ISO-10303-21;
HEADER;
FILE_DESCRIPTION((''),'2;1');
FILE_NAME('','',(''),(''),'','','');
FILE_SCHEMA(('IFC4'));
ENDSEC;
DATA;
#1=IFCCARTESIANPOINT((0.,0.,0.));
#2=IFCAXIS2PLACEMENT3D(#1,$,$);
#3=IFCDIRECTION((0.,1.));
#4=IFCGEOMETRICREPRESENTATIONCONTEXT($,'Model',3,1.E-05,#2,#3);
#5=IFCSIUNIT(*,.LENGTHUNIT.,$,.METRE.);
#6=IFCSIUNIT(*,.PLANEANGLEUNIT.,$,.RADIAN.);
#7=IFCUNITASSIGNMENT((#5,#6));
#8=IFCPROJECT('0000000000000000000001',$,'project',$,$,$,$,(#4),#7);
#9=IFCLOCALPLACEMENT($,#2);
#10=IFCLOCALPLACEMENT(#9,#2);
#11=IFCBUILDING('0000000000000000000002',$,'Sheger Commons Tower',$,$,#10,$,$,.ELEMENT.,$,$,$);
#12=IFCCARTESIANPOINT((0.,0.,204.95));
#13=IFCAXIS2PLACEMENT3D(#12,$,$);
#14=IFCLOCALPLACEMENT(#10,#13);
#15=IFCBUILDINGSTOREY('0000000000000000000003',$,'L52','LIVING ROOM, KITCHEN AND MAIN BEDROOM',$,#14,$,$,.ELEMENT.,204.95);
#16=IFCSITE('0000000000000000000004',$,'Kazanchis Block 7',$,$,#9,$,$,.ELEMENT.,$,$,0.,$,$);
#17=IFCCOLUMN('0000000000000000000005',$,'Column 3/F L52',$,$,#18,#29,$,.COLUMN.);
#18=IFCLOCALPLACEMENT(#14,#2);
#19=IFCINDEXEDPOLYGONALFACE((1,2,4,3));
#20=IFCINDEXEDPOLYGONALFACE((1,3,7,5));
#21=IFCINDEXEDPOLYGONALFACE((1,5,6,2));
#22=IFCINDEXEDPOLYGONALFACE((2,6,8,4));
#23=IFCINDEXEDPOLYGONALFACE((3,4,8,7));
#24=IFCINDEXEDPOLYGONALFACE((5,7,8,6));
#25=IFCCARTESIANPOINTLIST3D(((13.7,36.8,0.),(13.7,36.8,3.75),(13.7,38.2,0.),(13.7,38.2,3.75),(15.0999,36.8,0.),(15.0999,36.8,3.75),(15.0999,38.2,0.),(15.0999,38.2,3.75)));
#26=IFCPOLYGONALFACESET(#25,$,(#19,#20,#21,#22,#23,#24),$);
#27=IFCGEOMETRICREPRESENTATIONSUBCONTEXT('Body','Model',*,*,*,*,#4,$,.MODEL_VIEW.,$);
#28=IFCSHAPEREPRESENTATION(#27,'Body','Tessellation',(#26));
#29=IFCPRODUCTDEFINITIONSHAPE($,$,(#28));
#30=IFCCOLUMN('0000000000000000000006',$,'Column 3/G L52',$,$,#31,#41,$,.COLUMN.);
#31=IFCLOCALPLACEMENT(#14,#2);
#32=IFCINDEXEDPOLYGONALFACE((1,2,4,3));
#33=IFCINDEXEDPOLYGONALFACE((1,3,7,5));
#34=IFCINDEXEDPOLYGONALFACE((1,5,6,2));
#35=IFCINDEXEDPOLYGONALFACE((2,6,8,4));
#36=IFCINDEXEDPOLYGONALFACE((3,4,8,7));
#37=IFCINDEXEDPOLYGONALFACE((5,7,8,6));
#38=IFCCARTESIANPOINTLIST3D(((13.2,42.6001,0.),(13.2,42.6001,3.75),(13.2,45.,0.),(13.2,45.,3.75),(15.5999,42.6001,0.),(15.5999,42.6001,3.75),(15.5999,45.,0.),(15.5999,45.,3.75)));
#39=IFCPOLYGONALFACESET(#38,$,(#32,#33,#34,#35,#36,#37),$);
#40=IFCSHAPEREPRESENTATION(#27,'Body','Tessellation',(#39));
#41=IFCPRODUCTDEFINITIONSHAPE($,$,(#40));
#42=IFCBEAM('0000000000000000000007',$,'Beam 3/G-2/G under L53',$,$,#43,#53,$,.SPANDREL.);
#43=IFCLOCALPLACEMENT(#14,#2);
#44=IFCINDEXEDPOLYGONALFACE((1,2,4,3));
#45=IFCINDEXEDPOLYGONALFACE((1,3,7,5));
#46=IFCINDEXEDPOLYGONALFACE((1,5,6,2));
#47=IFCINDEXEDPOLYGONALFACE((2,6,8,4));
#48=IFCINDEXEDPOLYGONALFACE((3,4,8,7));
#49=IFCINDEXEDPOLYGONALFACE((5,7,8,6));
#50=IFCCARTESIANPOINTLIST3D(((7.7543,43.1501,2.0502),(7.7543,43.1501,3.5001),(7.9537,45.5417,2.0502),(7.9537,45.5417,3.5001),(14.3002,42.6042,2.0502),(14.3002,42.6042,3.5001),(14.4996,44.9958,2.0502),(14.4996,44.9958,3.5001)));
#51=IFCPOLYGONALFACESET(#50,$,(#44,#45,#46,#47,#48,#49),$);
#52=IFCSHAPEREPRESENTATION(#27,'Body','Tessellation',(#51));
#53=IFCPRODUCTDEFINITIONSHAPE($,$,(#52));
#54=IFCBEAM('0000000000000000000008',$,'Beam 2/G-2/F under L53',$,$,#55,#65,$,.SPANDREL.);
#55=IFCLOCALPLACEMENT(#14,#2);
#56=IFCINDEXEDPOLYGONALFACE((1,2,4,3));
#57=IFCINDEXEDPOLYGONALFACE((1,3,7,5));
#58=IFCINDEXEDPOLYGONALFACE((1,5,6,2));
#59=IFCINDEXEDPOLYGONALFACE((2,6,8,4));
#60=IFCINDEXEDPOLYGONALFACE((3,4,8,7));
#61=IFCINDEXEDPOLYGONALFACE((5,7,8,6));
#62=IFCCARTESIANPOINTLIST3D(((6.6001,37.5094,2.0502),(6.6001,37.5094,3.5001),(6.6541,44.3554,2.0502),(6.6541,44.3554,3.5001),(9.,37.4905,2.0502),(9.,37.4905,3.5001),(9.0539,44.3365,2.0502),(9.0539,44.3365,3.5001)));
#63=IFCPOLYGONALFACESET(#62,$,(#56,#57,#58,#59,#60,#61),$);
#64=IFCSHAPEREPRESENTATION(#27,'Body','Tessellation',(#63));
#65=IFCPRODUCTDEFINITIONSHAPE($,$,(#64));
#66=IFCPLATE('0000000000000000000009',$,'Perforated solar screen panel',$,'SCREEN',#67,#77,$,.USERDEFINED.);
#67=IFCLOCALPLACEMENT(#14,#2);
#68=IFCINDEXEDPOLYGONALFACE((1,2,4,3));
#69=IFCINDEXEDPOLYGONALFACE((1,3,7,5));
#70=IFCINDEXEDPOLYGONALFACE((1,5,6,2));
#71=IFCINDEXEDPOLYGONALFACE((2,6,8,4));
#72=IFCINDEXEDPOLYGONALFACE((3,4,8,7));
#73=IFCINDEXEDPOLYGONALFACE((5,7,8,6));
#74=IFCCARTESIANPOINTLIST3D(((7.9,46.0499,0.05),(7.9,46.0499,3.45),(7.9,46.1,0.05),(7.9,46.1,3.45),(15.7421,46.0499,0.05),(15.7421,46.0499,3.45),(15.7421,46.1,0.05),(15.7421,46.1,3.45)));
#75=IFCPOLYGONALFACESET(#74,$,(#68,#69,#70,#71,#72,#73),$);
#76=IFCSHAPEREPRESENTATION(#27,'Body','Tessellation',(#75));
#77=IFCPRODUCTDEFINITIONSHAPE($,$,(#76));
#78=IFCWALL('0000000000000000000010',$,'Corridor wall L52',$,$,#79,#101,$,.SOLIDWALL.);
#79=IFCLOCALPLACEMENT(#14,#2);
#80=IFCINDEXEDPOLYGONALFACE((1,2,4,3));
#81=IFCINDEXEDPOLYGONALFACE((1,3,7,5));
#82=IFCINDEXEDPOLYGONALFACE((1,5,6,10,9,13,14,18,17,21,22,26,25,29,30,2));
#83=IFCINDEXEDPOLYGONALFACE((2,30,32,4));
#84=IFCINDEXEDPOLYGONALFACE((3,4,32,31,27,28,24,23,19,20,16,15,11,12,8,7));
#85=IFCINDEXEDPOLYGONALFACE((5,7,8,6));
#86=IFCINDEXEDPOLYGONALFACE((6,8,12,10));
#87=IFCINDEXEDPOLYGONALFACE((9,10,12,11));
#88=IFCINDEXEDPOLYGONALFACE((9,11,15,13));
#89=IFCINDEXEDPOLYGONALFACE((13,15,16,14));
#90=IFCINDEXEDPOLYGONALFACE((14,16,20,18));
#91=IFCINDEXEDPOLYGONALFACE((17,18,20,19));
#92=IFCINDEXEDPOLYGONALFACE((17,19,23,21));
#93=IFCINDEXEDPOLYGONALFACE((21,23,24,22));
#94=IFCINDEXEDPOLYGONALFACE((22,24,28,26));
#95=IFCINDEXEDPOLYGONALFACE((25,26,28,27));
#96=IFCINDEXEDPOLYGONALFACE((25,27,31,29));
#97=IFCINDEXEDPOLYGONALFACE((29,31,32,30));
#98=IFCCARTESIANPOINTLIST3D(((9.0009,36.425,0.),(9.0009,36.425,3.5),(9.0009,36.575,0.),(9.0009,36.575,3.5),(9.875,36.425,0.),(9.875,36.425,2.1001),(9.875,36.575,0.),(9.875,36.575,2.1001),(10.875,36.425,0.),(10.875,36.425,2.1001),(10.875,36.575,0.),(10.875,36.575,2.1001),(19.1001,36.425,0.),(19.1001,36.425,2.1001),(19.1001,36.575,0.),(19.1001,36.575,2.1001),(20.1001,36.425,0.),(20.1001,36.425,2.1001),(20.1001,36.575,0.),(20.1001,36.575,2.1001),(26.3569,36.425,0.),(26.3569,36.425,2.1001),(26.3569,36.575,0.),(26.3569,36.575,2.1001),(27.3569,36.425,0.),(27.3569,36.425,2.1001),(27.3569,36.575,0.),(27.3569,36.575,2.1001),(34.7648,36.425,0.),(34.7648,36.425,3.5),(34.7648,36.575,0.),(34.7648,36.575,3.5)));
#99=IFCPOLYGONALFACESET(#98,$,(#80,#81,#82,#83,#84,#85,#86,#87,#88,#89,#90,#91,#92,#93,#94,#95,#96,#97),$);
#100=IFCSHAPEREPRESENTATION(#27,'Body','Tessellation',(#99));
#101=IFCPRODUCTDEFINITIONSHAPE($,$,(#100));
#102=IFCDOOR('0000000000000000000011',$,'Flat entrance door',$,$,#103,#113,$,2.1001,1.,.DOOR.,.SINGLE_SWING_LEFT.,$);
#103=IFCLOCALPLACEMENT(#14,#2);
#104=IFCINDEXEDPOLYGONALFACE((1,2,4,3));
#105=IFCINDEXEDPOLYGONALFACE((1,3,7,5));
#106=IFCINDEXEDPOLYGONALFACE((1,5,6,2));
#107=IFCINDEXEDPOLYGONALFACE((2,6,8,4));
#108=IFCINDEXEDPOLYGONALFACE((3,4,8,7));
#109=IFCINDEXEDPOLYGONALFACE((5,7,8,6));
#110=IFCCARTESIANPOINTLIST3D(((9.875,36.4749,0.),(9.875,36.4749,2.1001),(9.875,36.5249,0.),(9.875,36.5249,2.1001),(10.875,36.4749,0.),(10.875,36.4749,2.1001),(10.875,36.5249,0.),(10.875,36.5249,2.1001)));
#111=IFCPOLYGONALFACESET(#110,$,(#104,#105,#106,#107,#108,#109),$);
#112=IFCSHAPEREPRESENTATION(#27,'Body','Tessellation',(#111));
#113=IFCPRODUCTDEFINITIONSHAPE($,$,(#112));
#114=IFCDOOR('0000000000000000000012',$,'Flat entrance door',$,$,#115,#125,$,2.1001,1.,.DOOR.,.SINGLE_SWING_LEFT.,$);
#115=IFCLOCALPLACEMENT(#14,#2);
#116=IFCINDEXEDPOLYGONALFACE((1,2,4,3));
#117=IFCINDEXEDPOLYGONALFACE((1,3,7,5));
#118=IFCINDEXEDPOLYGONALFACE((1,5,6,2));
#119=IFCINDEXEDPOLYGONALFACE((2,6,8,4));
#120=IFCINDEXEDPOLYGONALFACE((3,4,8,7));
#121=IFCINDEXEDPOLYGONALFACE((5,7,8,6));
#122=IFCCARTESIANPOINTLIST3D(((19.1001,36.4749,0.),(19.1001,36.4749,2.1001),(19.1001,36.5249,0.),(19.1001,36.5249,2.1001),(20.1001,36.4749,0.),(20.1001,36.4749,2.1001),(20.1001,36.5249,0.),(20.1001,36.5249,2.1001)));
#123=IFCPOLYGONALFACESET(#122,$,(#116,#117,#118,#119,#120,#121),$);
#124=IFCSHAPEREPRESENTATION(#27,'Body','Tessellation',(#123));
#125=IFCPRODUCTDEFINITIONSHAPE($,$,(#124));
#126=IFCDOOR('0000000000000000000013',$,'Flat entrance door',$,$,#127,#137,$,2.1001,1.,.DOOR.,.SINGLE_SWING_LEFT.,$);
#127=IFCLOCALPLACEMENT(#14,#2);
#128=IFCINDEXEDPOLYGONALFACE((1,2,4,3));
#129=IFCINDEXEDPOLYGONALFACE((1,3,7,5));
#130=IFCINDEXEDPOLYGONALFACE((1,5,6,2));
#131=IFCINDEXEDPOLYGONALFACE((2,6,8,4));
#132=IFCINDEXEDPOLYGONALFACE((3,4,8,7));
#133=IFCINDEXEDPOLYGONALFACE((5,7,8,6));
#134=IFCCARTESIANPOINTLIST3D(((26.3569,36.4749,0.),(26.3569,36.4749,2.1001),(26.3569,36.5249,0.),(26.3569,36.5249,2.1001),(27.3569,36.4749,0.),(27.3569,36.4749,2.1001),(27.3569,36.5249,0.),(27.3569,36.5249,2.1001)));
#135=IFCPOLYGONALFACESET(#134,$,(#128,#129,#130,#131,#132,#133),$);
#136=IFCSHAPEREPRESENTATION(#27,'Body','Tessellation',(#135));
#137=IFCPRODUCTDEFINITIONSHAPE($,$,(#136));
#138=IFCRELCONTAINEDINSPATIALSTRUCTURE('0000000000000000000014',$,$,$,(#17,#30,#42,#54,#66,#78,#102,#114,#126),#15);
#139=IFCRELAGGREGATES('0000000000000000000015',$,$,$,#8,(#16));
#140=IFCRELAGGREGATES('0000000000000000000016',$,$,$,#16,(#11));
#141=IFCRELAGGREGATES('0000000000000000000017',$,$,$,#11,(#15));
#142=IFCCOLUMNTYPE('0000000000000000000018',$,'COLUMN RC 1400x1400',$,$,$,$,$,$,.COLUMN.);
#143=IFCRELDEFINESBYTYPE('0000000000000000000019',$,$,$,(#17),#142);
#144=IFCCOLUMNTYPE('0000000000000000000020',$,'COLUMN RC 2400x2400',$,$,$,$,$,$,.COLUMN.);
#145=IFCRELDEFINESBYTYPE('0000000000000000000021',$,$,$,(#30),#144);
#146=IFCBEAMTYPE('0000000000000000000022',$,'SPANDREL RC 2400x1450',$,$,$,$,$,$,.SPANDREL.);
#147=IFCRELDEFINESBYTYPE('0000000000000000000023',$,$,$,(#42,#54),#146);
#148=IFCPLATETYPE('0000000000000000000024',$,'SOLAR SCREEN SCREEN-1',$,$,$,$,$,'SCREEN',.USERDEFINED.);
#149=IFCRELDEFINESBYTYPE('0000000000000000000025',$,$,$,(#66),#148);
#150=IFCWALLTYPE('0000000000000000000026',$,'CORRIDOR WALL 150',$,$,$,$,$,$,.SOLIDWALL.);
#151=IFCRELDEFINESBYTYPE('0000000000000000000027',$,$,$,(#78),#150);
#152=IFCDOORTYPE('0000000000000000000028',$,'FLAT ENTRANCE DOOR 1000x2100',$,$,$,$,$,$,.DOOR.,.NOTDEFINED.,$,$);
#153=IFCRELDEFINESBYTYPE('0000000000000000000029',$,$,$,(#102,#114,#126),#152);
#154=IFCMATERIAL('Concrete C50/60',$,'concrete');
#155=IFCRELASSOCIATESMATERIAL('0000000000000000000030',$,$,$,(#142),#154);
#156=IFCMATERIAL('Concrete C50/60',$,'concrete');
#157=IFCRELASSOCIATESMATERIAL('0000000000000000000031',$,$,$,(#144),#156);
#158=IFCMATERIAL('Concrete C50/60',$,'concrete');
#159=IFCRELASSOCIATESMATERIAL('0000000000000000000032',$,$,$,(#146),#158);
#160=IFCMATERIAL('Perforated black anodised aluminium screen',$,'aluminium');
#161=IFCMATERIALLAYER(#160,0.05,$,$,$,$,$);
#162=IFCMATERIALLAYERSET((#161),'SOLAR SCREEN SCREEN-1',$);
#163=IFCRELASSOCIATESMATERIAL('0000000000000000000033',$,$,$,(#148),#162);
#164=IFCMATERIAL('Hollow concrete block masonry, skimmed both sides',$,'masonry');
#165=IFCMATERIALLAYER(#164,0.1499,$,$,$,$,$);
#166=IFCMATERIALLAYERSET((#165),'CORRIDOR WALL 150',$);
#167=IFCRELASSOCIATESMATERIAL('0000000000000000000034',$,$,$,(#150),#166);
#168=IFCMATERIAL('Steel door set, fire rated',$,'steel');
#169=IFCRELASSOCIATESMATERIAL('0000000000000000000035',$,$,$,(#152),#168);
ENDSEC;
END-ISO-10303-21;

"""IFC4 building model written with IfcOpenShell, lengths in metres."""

from ifc_helpers import new_model, si_unit, direction, frame, frame_2d, origin, origin_2d, place, context, subcontext, project, spatial, rectangle, extrude, material, layer, layer_set, material_profile, profile_set, type_object, element, fill, save


model = new_model("IFC4")

# Units and contexts
model_context = context("Model", 3, precision=1e-05, world=origin(), true_north=direction((0.0, 1.0)))
body_context = subcontext(model_context, "Body", "Model", "MODEL_VIEW")
ifc_project = project(units=[si_unit("LENGTHUNIT", "METRE"), si_unit("PLANEANGLEUNIT", "RADIAN")], contexts=[model_context])

# Site, building, storey
site_placement = place(None, origin())
site = spatial("IfcSite", under=ifc_project, at=site_placement, Name="Kazanchis Block 7", CompositionType="ELEMENT", RefElevation=0.0)
building_placement = place(site_placement, origin())
building = spatial("IfcBuilding", under=site, at=building_placement, Name="Sheger Commons Tower", CompositionType="ELEMENT")
storey_placement = place(building_placement, frame((0.0, 0.0, 204.95)))
storey = spatial("IfcBuildingStorey", under=building, at=storey_placement, Name="L52", Description="LIVING ROOM, KITCHEN AND MAIN BEDROOM", CompositionType="ELEMENT", Elevation=204.95)

# Columns
ifc_material_1 = material(Name="Concrete C50/60", Category="concrete")
ifc_material_profile_1 = material_profile(ifc_material_1, rectangle(XDim=1.3999, YDim=1.3999, at=origin_2d()), Name="RC 1400x1400")
ifc_profile_set_1 = profile_set([ifc_material_profile_1], Name="Concrete C50/60")
column_type_1 = type_object("IfcColumnType", Name="COLUMN RC 1400x1400", PredefinedType="COLUMN", material=ifc_profile_set_1)
column_1_placement = place(storey_placement, frame((14.3999, 37.5, 0.0), z_axis=(0.0, 0.0, 1.0), x_axis=(1.0, 0.0, 0.0)))
element("IfcColumn", 1, at=column_1_placement, inside=storey, type_object=column_type_1, Name="Column 3/F L52", PredefinedType="COLUMN", context=body_context, shape_type="SweptSolid", body=[
    extrude(rectangle(XDim=1.3999, YDim=1.3999, at=origin_2d()), origin(), (0.0, 0.0, 1.0), 3.75),
])
ifc_material_2 = material(Name="Concrete C50/60", Category="concrete")
ifc_material_profile_2 = material_profile(ifc_material_2, rectangle(XDim=2.3999, YDim=2.3999, at=origin_2d()), Name="RC 2400x2400")
ifc_profile_set_2 = profile_set([ifc_material_profile_2], Name="Concrete C50/60")
column_type_2 = type_object("IfcColumnType", Name="COLUMN RC 2400x2400", PredefinedType="COLUMN", material=ifc_profile_set_2)
column_2_placement = place(storey_placement, frame((14.3999, 43.8, 0.0), z_axis=(0.0, 0.0, 1.0), x_axis=(1.0, 0.0, 0.0)))
element("IfcColumn", 2, at=column_2_placement, inside=storey, type_object=column_type_2, Name="Column 3/G L52", PredefinedType="COLUMN", context=body_context, shape_type="SweptSolid", body=[
    extrude(rectangle(XDim=2.3999, YDim=2.3999, at=origin_2d()), origin(), (0.0, 0.0, 1.0), 3.75),
])

# Beams
ifc_material_3 = material(Name="Concrete C50/60", Category="concrete")
ifc_material_profile_3 = material_profile(ifc_material_3, rectangle(XDim=2.3999, YDim=1.45, at=origin_2d()), Name="RC 2400x1450")
ifc_profile_set_3 = profile_set([ifc_material_profile_3], Name="Concrete C50/60")
beam_type = type_object("IfcBeamType", Name="SPANDREL RC 2400x1450", PredefinedType="SPANDREL", material=ifc_profile_set_3)
beam_1_placement = place(storey_placement, frame((14.3999, 43.8, 2.7751), z_axis=(-0.996541, 0.083107, 0.0), x_axis=(-0.083107, -0.996541, 0.0)))
element("IfcBeam", 3, at=beam_1_placement, inside=storey, type_object=beam_type, Name="Beam 3/G-2/G under L53", PredefinedType="SPANDREL", context=body_context, shape_type="SweptSolid", body=[
    extrude(rectangle(XDim=2.3999, YDim=1.45, at=origin_2d()), origin(), (0.0, 0.0, 1.0), 6.5686),
])
beam_2_placement = place(storey_placement, frame((7.854, 44.3459, 2.7751), z_axis=(-0.007881, -0.999969, 0.0), x_axis=(0.999969, -0.007881, 0.0)))
element("IfcBeam", 4, at=beam_2_placement, inside=storey, type_object=beam_type, Name="Beam 2/G-2/F under L53", PredefinedType="SPANDREL", context=body_context, shape_type="SweptSolid", body=[
    extrude(rectangle(XDim=2.3999, YDim=1.45, at=origin_2d()), origin(), (0.0, 0.0, 1.0), 6.8462),
])

# Plate
ifc_material_4 = material(Name="Perforated black anodised aluminium screen", Category="aluminium")
ifc_layer_1 = layer(ifc_material_4, 0.05)
ifc_layer_set_1 = layer_set([ifc_layer_1], Name="SOLAR SCREEN SCREEN-1")
plate_type = type_object("IfcPlateType", Name="SOLAR SCREEN SCREEN-1", ElementType="SCREEN", PredefinedType="USERDEFINED", material=ifc_layer_set_1)
plate_placement = place(storey_placement, frame((11.821, 46.075, 0.05), z_axis=(0.0, 0.0, 1.0), x_axis=(-1.0, 0.0, 0.0)))
element("IfcPlate", 5, at=plate_placement, inside=storey, type_object=plate_type, Name="Perforated solar screen panel", ObjectType="SCREEN", PredefinedType="USERDEFINED", context=body_context, shape_type="SweptSolid", body=[
    extrude(rectangle(XDim=7.842, YDim=0.05, at=origin_2d()), origin(), (0.0, 0.0, 1.0), 3.3999),
])

# Wall, openings, doors
ifc_material_5 = material(Name="Hollow concrete block masonry, skimmed both sides", Category="masonry")
ifc_layer_2 = layer(ifc_material_5, 0.1499)
ifc_layer_set_2 = layer_set([ifc_layer_2], Name="CORRIDOR WALL 150")
wall_type_1 = type_object("IfcWallType", Name="CORRIDOR WALL 150", PredefinedType="SOLIDWALL", material=ifc_layer_set_2)
wall_1_placement = place(storey_placement, frame((9.001, 36.5, 0.0), z_axis=(0.0, 0.0, 1.0), x_axis=(1.0, 0.0, 0.0)))
wall_1 = element("IfcWall", 6, at=wall_1_placement, inside=storey, type_object=wall_type_1, Name="Corridor wall L52", PredefinedType="SOLIDWALL", context=body_context, shape_type="SweptSolid", body=[
    extrude(rectangle(XDim=25.7639, YDim=0.1499, at=frame_2d((12.8818, 0.0))), origin(), (0.0, 0.0, 1.0), 3.5),
])
opening_1_placement = place(wall_1_placement, frame((0.874, 0.0, 0.0)))
opening_1 = element("IfcOpeningElement", 7, at=opening_1_placement, cuts=wall_1, PredefinedType="OPENING", context=body_context, shape_type="SweptSolid", body=[
    extrude(rectangle(XDim=1.0, YDim=2.1001, at=frame_2d((0.5, 1.05))), frame((0.0, 0.085, 0.0), z_axis=(0.0, -1.0, 0.0), x_axis=(1.0, 0.0, 0.0)), (0.0, 0.0, 1.0), 0.1699),
])
opening_2_placement = place(wall_1_placement, frame((10.0991, 0.0, 0.0)))
opening_2 = element("IfcOpeningElement", 8, at=opening_2_placement, cuts=wall_1, PredefinedType="OPENING", context=body_context, shape_type="SweptSolid", body=[
    extrude(rectangle(XDim=1.0, YDim=2.1001, at=frame_2d((0.5, 1.05))), frame((0.0, 0.085, 0.0), z_axis=(0.0, -1.0, 0.0), x_axis=(1.0, 0.0, 0.0)), (0.0, 0.0, 1.0), 0.1699),
])
opening_3_placement = place(wall_1_placement, frame((17.356, 0.0, 0.0)))
opening_3 = element("IfcOpeningElement", 9, at=opening_3_placement, cuts=wall_1, PredefinedType="OPENING", context=body_context, shape_type="SweptSolid", body=[
    extrude(rectangle(XDim=1.0, YDim=2.1001, at=frame_2d((0.5, 1.05))), frame((0.0, 0.085, 0.0), z_axis=(0.0, -1.0, 0.0), x_axis=(1.0, 0.0, 0.0)), (0.0, 0.0, 1.0), 0.1699),
])
ifc_material_6 = material(Name="Steel door set, fire rated", Category="steel")
door_type_1 = type_object("IfcDoorType", Name="FLAT ENTRANCE DOOR 1000x2100", OperationType="NOTDEFINED", PredefinedType="DOOR", material=ifc_material_6)
door_1_placement = place(opening_1_placement, origin())
door_1 = element("IfcDoor", 10, at=door_1_placement, inside=storey, type_object=door_type_1, Name="Flat entrance door", OperationType="SINGLE_SWING_LEFT", OverallHeight=2.1001, OverallWidth=1.0, PredefinedType="DOOR", context=body_context, shape_type="SweptSolid", body=[
    extrude(rectangle(XDim=1.0, YDim=2.1001, at=frame_2d((0.5, 1.05))), frame((0.0, 0.0249, 0.0), z_axis=(0.0, -1.0, 0.0), x_axis=(1.0, 0.0, 0.0)), (0.0, 0.0, 1.0), 0.05),
])
fill(opening_1, door_1)
door_2_placement = place(opening_2_placement, origin())
door_2 = element("IfcDoor", 11, at=door_2_placement, inside=storey, type_object=door_type_1, Name="Flat entrance door", OperationType="SINGLE_SWING_LEFT", OverallHeight=2.1001, OverallWidth=1.0, PredefinedType="DOOR", context=body_context, shape_type="SweptSolid", body=[
    extrude(rectangle(XDim=1.0, YDim=2.1001, at=frame_2d((0.5, 1.05))), frame((0.0, 0.0249, 0.0), z_axis=(0.0, -1.0, 0.0), x_axis=(1.0, 0.0, 0.0)), (0.0, 0.0, 1.0), 0.05),
])
fill(opening_2, door_2)
door_3_placement = place(opening_3_placement, origin())
door_3 = element("IfcDoor", 12, at=door_3_placement, inside=storey, type_object=door_type_1, Name="Flat entrance door", OperationType="SINGLE_SWING_LEFT", OverallHeight=2.1001, OverallWidth=1.0, PredefinedType="DOOR", context=body_context, shape_type="SweptSolid", body=[
    extrude(rectangle(XDim=1.0, YDim=2.1001, at=frame_2d((0.5, 1.05))), frame((0.0, 0.0249, 0.0), z_axis=(0.0, -1.0, 0.0), x_axis=(1.0, 0.0, 0.0)), (0.0, 0.0, 1.0), 0.05),
])
fill(opening_3, door_3)

save(model, "model.ifc")
